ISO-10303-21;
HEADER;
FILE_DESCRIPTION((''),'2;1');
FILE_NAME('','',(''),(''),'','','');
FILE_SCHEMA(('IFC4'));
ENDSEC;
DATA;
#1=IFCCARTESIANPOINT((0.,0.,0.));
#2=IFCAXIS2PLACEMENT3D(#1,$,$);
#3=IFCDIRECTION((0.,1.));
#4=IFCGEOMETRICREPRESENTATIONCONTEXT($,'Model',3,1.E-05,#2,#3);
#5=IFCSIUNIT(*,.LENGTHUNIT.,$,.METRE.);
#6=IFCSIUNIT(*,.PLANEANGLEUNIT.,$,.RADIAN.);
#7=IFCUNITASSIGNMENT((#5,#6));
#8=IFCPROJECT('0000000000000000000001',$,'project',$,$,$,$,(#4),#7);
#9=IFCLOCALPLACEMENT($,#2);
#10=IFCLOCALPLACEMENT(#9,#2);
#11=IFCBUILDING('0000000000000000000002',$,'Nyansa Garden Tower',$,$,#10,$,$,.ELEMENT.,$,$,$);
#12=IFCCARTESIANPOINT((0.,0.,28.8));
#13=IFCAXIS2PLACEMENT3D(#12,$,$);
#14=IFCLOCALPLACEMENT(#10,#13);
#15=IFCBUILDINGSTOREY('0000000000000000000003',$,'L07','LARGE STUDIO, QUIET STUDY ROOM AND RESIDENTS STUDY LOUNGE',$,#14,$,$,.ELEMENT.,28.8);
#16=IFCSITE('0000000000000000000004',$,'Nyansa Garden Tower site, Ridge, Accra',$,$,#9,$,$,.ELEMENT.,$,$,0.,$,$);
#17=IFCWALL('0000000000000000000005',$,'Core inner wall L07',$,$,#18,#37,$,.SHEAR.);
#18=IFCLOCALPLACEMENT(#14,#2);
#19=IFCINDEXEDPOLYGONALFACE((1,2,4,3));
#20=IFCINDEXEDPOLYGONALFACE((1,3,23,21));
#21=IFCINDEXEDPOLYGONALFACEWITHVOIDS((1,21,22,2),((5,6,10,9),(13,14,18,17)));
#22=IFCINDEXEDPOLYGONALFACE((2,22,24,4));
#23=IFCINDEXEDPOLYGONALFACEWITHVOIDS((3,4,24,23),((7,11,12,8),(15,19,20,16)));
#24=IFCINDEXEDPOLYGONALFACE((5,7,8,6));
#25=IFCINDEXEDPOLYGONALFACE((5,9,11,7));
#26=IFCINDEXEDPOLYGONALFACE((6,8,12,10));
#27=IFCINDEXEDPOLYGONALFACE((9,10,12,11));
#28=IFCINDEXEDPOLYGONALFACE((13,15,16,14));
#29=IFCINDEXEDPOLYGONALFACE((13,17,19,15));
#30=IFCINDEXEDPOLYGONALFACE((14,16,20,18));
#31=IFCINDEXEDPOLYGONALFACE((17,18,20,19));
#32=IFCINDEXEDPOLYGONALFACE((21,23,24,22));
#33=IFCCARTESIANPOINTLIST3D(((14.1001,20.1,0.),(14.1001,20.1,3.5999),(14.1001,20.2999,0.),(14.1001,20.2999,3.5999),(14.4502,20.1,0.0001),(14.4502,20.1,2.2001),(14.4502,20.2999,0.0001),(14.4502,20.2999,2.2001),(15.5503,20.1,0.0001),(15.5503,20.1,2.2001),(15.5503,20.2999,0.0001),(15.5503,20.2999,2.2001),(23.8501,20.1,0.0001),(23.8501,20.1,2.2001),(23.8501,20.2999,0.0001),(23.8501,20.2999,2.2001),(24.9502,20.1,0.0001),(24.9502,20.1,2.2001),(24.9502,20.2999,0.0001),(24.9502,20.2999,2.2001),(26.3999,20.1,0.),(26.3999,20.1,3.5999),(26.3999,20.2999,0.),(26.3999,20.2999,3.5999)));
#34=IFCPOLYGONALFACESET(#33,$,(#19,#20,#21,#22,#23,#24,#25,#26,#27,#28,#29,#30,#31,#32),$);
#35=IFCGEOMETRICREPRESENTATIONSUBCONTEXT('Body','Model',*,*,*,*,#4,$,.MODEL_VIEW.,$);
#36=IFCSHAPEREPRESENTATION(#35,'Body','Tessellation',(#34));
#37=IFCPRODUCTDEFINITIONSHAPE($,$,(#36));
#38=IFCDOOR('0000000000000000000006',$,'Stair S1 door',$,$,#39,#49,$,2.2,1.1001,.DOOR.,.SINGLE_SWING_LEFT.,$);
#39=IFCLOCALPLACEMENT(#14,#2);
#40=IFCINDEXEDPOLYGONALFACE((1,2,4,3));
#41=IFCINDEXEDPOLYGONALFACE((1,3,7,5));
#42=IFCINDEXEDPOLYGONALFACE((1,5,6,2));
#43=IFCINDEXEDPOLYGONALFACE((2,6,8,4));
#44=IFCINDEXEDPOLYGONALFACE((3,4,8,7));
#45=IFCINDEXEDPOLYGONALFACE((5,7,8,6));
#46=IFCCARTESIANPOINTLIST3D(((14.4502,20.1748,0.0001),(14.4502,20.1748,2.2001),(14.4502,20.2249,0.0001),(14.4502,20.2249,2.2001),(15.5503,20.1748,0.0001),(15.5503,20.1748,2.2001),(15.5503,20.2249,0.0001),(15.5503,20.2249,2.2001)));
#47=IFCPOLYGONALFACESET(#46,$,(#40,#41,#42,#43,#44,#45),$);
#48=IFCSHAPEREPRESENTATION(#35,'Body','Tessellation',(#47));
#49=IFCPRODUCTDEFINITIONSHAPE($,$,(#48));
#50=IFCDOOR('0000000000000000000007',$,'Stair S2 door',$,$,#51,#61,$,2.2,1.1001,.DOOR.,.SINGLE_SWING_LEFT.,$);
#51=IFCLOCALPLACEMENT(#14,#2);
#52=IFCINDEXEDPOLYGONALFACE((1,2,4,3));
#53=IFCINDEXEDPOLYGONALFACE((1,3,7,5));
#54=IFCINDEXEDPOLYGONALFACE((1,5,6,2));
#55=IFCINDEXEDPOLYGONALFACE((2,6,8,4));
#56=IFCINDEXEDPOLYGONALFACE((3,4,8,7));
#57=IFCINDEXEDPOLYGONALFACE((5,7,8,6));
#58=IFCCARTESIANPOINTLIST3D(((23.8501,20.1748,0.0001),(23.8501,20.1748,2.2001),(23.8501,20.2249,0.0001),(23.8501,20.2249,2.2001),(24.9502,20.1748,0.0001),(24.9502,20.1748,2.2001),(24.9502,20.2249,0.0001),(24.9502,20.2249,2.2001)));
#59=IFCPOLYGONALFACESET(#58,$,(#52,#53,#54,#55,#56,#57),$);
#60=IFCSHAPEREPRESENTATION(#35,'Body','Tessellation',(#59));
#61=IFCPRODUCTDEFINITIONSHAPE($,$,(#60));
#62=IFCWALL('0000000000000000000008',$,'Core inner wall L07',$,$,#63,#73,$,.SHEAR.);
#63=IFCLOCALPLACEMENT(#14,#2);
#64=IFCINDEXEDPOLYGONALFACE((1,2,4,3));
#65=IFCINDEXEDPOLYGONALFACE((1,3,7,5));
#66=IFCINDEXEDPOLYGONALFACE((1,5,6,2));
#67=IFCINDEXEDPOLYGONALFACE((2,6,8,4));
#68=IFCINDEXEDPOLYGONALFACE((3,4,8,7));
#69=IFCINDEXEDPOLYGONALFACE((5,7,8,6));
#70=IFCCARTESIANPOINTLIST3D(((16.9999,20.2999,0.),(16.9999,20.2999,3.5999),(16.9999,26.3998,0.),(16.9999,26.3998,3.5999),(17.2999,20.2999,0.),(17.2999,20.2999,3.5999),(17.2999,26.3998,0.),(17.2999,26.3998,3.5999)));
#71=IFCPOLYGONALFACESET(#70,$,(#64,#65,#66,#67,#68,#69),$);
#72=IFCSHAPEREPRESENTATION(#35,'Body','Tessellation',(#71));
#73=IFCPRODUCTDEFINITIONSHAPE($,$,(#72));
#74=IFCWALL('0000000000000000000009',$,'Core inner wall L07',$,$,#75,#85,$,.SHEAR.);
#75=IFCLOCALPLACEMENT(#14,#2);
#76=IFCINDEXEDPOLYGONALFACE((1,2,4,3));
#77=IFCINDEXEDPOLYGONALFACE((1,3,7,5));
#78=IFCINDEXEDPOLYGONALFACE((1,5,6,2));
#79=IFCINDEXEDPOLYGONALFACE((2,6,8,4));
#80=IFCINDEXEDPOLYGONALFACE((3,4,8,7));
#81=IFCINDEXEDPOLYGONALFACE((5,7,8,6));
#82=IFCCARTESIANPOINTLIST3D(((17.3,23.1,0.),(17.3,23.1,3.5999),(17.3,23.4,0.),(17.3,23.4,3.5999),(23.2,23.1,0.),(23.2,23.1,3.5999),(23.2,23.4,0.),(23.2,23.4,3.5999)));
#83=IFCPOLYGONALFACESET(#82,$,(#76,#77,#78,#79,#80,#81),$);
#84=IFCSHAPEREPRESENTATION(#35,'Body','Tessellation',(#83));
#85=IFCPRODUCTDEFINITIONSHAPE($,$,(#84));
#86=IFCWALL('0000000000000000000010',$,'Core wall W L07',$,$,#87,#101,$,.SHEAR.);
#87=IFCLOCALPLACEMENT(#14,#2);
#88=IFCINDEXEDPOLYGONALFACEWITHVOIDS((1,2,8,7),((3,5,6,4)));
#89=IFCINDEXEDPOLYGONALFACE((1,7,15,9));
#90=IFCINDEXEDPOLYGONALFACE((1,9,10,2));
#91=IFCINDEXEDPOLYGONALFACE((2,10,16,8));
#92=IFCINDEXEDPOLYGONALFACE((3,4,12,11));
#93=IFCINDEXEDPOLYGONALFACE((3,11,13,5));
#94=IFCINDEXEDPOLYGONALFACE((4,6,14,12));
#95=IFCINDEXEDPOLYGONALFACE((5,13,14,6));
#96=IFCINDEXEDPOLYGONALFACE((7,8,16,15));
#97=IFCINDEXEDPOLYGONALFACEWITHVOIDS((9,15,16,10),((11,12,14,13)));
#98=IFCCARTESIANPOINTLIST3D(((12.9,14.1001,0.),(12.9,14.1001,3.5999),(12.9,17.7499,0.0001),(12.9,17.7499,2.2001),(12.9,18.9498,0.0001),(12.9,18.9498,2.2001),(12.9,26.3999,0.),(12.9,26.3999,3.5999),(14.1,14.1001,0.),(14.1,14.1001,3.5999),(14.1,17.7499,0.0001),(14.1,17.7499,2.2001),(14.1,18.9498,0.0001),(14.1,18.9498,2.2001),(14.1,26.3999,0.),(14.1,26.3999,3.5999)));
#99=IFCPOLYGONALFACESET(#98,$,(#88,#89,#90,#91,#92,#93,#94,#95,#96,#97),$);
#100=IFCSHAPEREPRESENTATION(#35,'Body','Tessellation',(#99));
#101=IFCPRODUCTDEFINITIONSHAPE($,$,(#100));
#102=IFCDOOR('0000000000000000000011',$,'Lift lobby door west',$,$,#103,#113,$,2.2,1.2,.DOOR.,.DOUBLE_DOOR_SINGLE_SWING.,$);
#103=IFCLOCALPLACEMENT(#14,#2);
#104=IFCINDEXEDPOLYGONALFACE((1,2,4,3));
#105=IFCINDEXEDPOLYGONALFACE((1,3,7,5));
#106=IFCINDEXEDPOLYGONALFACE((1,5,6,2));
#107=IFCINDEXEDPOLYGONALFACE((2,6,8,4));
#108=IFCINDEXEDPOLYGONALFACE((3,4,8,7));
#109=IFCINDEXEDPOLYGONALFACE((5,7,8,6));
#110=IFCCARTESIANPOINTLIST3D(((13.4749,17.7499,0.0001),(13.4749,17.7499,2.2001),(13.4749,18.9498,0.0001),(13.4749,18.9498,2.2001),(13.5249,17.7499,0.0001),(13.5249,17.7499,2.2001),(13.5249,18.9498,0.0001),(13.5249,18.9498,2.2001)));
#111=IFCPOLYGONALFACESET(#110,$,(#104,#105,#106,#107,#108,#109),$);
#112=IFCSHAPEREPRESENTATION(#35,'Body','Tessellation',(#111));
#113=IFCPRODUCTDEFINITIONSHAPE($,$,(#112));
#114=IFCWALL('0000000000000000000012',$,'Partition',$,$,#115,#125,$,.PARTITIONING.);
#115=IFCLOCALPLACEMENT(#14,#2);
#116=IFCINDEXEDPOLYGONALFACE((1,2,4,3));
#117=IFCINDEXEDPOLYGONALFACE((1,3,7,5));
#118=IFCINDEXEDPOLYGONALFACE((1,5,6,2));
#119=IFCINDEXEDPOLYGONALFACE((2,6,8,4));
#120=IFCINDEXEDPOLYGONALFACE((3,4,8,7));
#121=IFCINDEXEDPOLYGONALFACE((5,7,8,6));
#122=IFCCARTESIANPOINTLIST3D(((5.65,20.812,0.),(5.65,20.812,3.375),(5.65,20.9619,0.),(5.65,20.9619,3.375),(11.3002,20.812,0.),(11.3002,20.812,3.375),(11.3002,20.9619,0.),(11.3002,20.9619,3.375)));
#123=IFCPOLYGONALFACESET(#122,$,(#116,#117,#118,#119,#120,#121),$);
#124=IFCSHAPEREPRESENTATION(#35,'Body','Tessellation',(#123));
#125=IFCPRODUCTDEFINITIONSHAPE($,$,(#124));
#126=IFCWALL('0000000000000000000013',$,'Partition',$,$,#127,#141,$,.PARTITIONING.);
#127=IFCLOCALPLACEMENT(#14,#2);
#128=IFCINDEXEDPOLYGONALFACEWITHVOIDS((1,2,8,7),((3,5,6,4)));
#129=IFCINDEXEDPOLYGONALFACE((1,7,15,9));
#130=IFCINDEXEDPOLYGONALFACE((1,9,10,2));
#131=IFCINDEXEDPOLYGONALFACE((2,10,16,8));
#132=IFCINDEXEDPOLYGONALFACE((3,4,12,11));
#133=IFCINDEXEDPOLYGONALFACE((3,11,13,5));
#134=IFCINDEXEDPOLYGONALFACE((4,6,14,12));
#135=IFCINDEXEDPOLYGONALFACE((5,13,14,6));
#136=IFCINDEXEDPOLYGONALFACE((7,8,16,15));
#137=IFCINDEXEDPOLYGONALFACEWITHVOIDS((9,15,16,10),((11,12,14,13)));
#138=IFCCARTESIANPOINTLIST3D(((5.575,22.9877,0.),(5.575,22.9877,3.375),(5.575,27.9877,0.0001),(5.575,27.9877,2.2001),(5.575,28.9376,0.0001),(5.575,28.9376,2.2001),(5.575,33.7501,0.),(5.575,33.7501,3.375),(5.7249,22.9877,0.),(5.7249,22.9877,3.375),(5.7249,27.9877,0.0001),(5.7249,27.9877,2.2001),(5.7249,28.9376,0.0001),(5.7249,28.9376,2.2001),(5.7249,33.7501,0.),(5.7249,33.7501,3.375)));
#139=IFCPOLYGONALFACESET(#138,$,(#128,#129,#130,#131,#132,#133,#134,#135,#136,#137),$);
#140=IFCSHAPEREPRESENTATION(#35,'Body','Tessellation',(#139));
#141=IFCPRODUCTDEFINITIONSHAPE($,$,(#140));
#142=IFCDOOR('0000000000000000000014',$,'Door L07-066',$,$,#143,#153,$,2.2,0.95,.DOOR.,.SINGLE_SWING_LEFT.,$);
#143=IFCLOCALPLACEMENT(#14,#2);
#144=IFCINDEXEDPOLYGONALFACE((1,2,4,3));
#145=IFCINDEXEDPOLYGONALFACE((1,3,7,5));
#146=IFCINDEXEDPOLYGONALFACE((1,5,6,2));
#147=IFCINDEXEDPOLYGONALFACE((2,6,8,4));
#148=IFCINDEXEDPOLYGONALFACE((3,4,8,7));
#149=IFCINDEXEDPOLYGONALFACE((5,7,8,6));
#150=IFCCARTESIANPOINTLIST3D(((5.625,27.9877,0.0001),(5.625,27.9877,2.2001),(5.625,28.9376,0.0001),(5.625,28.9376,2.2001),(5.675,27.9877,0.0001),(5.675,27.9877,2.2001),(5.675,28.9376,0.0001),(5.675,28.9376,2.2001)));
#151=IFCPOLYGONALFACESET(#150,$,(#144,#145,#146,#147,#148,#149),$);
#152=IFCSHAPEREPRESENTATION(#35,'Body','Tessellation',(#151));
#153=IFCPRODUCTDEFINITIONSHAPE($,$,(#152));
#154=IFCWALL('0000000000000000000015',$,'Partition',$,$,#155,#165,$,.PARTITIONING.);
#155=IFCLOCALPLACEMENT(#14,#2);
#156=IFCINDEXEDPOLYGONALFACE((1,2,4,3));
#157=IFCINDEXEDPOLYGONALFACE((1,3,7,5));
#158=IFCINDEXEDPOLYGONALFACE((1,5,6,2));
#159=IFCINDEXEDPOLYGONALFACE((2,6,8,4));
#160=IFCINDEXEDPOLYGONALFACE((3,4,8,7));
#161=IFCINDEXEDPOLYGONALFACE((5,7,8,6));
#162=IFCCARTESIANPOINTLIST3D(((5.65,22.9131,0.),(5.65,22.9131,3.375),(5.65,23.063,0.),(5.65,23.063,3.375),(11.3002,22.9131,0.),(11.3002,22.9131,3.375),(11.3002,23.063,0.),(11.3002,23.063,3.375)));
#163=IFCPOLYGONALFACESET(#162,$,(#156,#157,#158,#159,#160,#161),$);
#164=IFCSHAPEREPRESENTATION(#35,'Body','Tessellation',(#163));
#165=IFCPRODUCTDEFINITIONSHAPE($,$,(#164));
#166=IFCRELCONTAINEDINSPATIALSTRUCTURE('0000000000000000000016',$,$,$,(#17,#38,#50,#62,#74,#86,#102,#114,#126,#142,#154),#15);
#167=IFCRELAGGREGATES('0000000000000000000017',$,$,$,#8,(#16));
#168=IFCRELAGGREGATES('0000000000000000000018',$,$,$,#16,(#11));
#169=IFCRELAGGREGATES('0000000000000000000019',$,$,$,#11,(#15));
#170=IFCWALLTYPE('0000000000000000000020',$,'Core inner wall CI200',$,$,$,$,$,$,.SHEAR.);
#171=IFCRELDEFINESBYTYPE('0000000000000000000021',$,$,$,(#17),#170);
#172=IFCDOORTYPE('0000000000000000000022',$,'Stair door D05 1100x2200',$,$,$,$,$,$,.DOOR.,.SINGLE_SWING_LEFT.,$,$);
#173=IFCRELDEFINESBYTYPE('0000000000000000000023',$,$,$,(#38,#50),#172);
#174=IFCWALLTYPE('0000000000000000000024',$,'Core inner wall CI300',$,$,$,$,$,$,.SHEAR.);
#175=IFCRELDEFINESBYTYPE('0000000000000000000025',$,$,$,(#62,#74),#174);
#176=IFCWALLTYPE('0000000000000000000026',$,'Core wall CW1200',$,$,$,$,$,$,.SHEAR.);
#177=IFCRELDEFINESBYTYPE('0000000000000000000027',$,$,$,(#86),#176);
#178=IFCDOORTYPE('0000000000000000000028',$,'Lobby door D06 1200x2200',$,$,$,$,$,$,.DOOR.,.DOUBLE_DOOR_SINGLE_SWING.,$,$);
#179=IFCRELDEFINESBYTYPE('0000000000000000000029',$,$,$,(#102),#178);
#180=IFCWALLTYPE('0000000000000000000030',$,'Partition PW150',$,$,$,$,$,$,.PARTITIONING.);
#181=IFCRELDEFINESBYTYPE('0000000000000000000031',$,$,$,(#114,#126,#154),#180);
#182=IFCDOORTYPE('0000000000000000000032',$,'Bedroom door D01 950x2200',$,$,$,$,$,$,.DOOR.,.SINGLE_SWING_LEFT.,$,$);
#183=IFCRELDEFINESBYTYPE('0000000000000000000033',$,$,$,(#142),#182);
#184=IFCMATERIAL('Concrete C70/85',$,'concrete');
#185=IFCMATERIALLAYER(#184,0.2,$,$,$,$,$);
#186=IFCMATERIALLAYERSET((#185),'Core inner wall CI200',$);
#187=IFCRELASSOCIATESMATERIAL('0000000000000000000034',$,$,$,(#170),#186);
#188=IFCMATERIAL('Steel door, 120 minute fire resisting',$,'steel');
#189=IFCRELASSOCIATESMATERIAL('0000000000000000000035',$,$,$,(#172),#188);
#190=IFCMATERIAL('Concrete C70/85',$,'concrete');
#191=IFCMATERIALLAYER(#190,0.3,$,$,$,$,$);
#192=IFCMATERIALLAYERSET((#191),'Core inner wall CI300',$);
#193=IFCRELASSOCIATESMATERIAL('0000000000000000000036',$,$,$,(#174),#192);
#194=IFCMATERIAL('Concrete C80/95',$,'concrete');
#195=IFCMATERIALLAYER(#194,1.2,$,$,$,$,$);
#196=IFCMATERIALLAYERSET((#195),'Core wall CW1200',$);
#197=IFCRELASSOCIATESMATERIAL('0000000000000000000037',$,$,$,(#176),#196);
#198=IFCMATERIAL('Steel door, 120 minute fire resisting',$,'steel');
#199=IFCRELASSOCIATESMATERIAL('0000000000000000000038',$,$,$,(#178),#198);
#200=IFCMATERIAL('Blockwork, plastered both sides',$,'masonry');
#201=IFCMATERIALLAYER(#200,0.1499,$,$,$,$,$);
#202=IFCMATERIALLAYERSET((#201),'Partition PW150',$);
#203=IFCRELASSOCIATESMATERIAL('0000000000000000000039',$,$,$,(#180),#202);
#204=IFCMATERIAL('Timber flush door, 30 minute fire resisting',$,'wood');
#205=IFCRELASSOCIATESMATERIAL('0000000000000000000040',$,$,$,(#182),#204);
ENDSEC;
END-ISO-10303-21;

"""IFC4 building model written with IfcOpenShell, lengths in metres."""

from ifc_helpers import new_model, si_unit, direction, frame, frame_2d, origin, place, context, subcontext, project, spatial, rectangle, extrude, material, layer, layer_set, type_object, element, fill, save


model = new_model("IFC4")

# Units and contexts
model_context = context("Model", 3, precision=1e-05, world=origin(), true_north=direction((0.0, 1.0)))
body_context = subcontext(model_context, "Body", "Model", "MODEL_VIEW")
ifc_project = project(units=[si_unit("LENGTHUNIT", "METRE"), si_unit("PLANEANGLEUNIT", "RADIAN")], contexts=[model_context])

# Site, building, storey
site_placement = place(None, origin())
site = spatial("IfcSite", under=ifc_project, at=site_placement, Name="Nyansa Garden Tower site, Ridge, Accra", CompositionType="ELEMENT", RefElevation=0.0)
building_placement = place(site_placement, origin())
building = spatial("IfcBuilding", under=site, at=building_placement, Name="Nyansa Garden Tower", CompositionType="ELEMENT")
storey_placement = place(building_placement, frame((0.0, 0.0, 28.8)))
storey = spatial("IfcBuildingStorey", under=building, at=storey_placement, Name="L07", Description="LARGE STUDIO, QUIET STUDY ROOM AND RESIDENTS STUDY LOUNGE", CompositionType="ELEMENT", Elevation=28.8)

# Wall, openings, doors
ifc_material_1 = material(Name="Concrete C70/85", Category="concrete")
ifc_layer_1 = layer(ifc_material_1, 0.2)
ifc_layer_set_1 = layer_set([ifc_layer_1], Name="Core inner wall CI200")
wall_type_1 = type_object("IfcWallType", Name="Core inner wall CI200", PredefinedType="SHEAR", material=ifc_layer_set_1)
wall_1_placement = place(storey_placement, frame((14.1001, 20.2, 0.0), z_axis=(0.0, 0.0, 1.0), x_axis=(1.0, 0.0, 0.0)))
wall_1 = element("IfcWall", 1, at=wall_1_placement, inside=storey, type_object=wall_type_1, Name="Core inner wall L07", PredefinedType="SHEAR", context=body_context, shape_type="SweptSolid", body=[
    extrude(rectangle(XDim=12.2998, YDim=0.2, at=frame_2d((6.1499, 0.0))), origin(), (0.0, 0.0, 1.0), 3.5999),
])
opening_1_placement = place(wall_1_placement, frame((0.3501, 0.0, 0.0)))
opening_1 = element("IfcOpeningElement", 2, at=opening_1_placement, cuts=wall_1, PredefinedType="OPENING", context=body_context, shape_type="SweptSolid", body=[
    extrude(rectangle(XDim=1.1001, YDim=2.2, at=frame_2d((0.55, 1.1001))), frame((0.0, 0.1099, 0.0), z_axis=(0.0, -1.0, 0.0), x_axis=(1.0, 0.0, 0.0)), (0.0, 0.0, 1.0), 0.22),
])
opening_2_placement = place(wall_1_placement, frame((9.75, 0.0, 0.0)))
opening_2 = element("IfcOpeningElement", 3, at=opening_2_placement, cuts=wall_1, PredefinedType="OPENING", context=body_context, shape_type="SweptSolid", body=[
    extrude(rectangle(XDim=1.1001, YDim=2.2, at=frame_2d((0.55, 1.1001))), frame((0.0, 0.1099, 0.0), z_axis=(0.0, -1.0, 0.0), x_axis=(1.0, 0.0, 0.0)), (0.0, 0.0, 1.0), 0.22),
])
ifc_material_2 = material(Name="Steel door, 120 minute fire resisting", Category="steel")
door_type_1 = type_object("IfcDoorType", Name="Stair door D05 1100x2200", OperationType="SINGLE_SWING_LEFT", PredefinedType="DOOR", material=ifc_material_2)
door_1_placement = place(opening_1_placement, origin())
door_1 = element("IfcDoor", 4, at=door_1_placement, inside=storey, type_object=door_type_1, Name="Stair S1 door", OperationType="SINGLE_SWING_LEFT", OverallHeight=2.2, OverallWidth=1.1001, PredefinedType="DOOR", context=body_context, shape_type="SweptSolid", body=[
    extrude(rectangle(XDim=1.1001, YDim=2.2, at=frame_2d((0.55, 1.1001))), frame((0.0, 0.0249, 0.0), z_axis=(0.0, -1.0, 0.0), x_axis=(1.0, 0.0, 0.0)), (0.0, 0.0, 1.0), 0.05),
])
fill(opening_1, door_1)
door_2_placement = place(opening_2_placement, origin())
door_2 = element("IfcDoor", 5, at=door_2_placement, inside=storey, type_object=door_type_1, Name="Stair S2 door", OperationType="SINGLE_SWING_LEFT", OverallHeight=2.2, OverallWidth=1.1001, PredefinedType="DOOR", context=body_context, shape_type="SweptSolid", body=[
    extrude(rectangle(XDim=1.1001, YDim=2.2, at=frame_2d((0.55, 1.1001))), frame((0.0, 0.0249, 0.0), z_axis=(0.0, -1.0, 0.0), x_axis=(1.0, 0.0, 0.0)), (0.0, 0.0, 1.0), 0.05),
])
fill(opening_2, door_2)

# Walls
ifc_material_3 = material(Name="Concrete C70/85", Category="concrete")
ifc_layer_2 = layer(ifc_material_3, 0.3)
ifc_layer_set_2 = layer_set([ifc_layer_2], Name="Core inner wall CI300")
wall_type_2 = type_object("IfcWallType", Name="Core inner wall CI300", PredefinedType="SHEAR", material=ifc_layer_set_2)
wall_2_placement = place(storey_placement, frame((17.1499, 20.3, 0.0), z_axis=(0.0, 0.0, 1.0), x_axis=(0.0, 1.0, 0.0)))
element("IfcWall", 6, at=wall_2_placement, inside=storey, type_object=wall_type_2, Name="Core inner wall L07", PredefinedType="SHEAR", context=body_context, shape_type="SweptSolid", body=[
    extrude(rectangle(XDim=6.0999, YDim=0.3, at=frame_2d((3.0498, 0.0))), origin(), (0.0, 0.0, 1.0), 3.5999),
])
wall_3_placement = place(storey_placement, frame((17.3, 23.25, 0.0), z_axis=(0.0, 0.0, 1.0), x_axis=(1.0, 0.0, 0.0)))
element("IfcWall", 7, at=wall_3_placement, inside=storey, type_object=wall_type_2, Name="Core inner wall L07", PredefinedType="SHEAR", context=body_context, shape_type="SweptSolid", body=[
    extrude(rectangle(XDim=5.8999, YDim=0.3, at=frame_2d((2.95, 0.0))), origin(), (0.0, 0.0, 1.0), 3.5999),
])

# Wall, opening, door
ifc_material_4 = material(Name="Concrete C80/95", Category="concrete")
ifc_layer_3 = layer(ifc_material_4, 1.2)
ifc_layer_set_3 = layer_set([ifc_layer_3], Name="Core wall CW1200")
wall_type_3 = type_object("IfcWallType", Name="Core wall CW1200", PredefinedType="SHEAR", material=ifc_layer_set_3)
wall_4_placement = place(storey_placement, frame((13.5, 26.3999, 0.0), z_axis=(0.0, 0.0, 1.0), x_axis=(0.0, -1.0, 0.0)))
wall_4 = element("IfcWall", 8, at=wall_4_placement, inside=storey, type_object=wall_type_3, Name="Core wall W L07", PredefinedType="SHEAR", context=body_context, shape_type="SweptSolid", body=[
    extrude(rectangle(XDim=12.2998, YDim=1.2, at=frame_2d((6.1499, 0.0))), origin(), (0.0, 0.0, 1.0), 3.5999),
])
opening_3_placement = place(wall_4_placement, frame((7.45, 0.0, 0.0)))
opening_3 = element("IfcOpeningElement", 9, at=opening_3_placement, cuts=wall_4, PredefinedType="OPENING", context=body_context, shape_type="SweptSolid", body=[
    extrude(rectangle(XDim=1.2, YDim=2.2, at=frame_2d((0.6001, 1.1001))), frame((0.0, 0.6099, 0.0), z_axis=(0.0, -1.0, 0.0), x_axis=(1.0, 0.0, 0.0)), (0.0, 0.0, 1.0), 1.22),
])
ifc_material_5 = material(Name="Steel door, 120 minute fire resisting", Category="steel")
door_type_2 = type_object("IfcDoorType", Name="Lobby door D06 1200x2200", OperationType="DOUBLE_DOOR_SINGLE_SWING", PredefinedType="DOOR", material=ifc_material_5)
door_3_placement = place(opening_3_placement, origin())
door_3 = element("IfcDoor", 10, at=door_3_placement, inside=storey, type_object=door_type_2, Name="Lift lobby door west", OperationType="DOUBLE_DOOR_SINGLE_SWING", OverallHeight=2.2, OverallWidth=1.2, PredefinedType="DOOR", context=body_context, shape_type="SweptSolid", body=[
    extrude(rectangle(XDim=1.2, YDim=2.2, at=frame_2d((0.6001, 1.1001))), frame((0.0, 0.0249, 0.0), z_axis=(0.0, -1.0, 0.0), x_axis=(1.0, 0.0, 0.0)), (0.0, 0.0, 1.0), 0.05),
])
fill(opening_3, door_3)

# Wall
ifc_material_6 = material(Name="Blockwork, plastered both sides", Category="masonry")
ifc_layer_4 = layer(ifc_material_6, 0.1499)
ifc_layer_set_4 = layer_set([ifc_layer_4], Name="Partition PW150")
wall_type_4 = type_object("IfcWallType", Name="Partition PW150", PredefinedType="PARTITIONING", material=ifc_layer_set_4)
wall_5_placement = place(storey_placement, frame((5.6499, 20.887, 0.0), z_axis=(0.0, 0.0, 1.0), x_axis=(1.0, 0.0, 0.0)))
element("IfcWall", 11, at=wall_5_placement, inside=storey, type_object=wall_type_4, Name="Partition", PredefinedType="PARTITIONING", context=body_context, shape_type="SweptSolid", body=[
    extrude(rectangle(XDim=5.6501, YDim=0.1499, at=frame_2d((2.8252, 0.0))), origin(), (0.0, 0.0, 1.0), 3.375),
])

# Wall, opening, door
wall_6_placement = place(storey_placement, frame((5.6499, 22.9875, 0.0), z_axis=(0.0, 0.0, 1.0), x_axis=(0.0, 1.0, 0.0)))
wall_6 = element("IfcWall", 12, at=wall_6_placement, inside=storey, type_object=wall_type_4, Name="Partition", PredefinedType="PARTITIONING", context=body_context, shape_type="SweptSolid", body=[
    extrude(rectangle(XDim=10.7625, YDim=0.1499, at=frame_2d((5.3813, 0.0))), origin(), (0.0, 0.0, 1.0), 3.375),
])
opening_4_placement = place(wall_6_placement, frame((5.0, 0.0, 0.0)))
opening_4 = element("IfcOpeningElement", 13, at=opening_4_placement, cuts=wall_6, PredefinedType="OPENING", context=body_context, shape_type="SweptSolid", body=[
    extrude(rectangle(XDim=0.95, YDim=2.2, at=frame_2d((0.4751, 1.1001))), frame((0.0, 0.085, 0.0), z_axis=(0.0, -1.0, 0.0), x_axis=(1.0, 0.0, 0.0)), (0.0, 0.0, 1.0), 0.1699),
])
ifc_material_7 = material(Name="Timber flush door, 30 minute fire resisting", Category="wood")
door_type_3 = type_object("IfcDoorType", Name="Bedroom door D01 950x2200", OperationType="SINGLE_SWING_LEFT", PredefinedType="DOOR", material=ifc_material_7)
door_4_placement = place(opening_4_placement, origin())
door_4 = element("IfcDoor", 14, at=door_4_placement, inside=storey, type_object=door_type_3, Name="Door L07-066", OperationType="SINGLE_SWING_LEFT", OverallHeight=2.2, OverallWidth=0.95, PredefinedType="DOOR", context=body_context, shape_type="SweptSolid", body=[
    extrude(rectangle(XDim=0.95, YDim=2.2, at=frame_2d((0.4751, 1.1001))), frame((0.0, 0.0249, 0.0), z_axis=(0.0, -1.0, 0.0), x_axis=(1.0, 0.0, 0.0)), (0.0, 0.0, 1.0), 0.05),
])
fill(opening_4, door_4)

# Wall
wall_7_placement = place(storey_placement, frame((5.6499, 22.988, 0.0), z_axis=(0.0, 0.0, 1.0), x_axis=(1.0, 0.0, 0.0)))
element("IfcWall", 15, at=wall_7_placement, inside=storey, type_object=wall_type_4, Name="Partition", PredefinedType="PARTITIONING", context=body_context, shape_type="SweptSolid", body=[
    extrude(rectangle(XDim=5.6501, YDim=0.1499, at=frame_2d((2.8252, 0.0))), origin(), (0.0, 0.0, 1.0), 3.375),
])

save(model, "model.ifc")
